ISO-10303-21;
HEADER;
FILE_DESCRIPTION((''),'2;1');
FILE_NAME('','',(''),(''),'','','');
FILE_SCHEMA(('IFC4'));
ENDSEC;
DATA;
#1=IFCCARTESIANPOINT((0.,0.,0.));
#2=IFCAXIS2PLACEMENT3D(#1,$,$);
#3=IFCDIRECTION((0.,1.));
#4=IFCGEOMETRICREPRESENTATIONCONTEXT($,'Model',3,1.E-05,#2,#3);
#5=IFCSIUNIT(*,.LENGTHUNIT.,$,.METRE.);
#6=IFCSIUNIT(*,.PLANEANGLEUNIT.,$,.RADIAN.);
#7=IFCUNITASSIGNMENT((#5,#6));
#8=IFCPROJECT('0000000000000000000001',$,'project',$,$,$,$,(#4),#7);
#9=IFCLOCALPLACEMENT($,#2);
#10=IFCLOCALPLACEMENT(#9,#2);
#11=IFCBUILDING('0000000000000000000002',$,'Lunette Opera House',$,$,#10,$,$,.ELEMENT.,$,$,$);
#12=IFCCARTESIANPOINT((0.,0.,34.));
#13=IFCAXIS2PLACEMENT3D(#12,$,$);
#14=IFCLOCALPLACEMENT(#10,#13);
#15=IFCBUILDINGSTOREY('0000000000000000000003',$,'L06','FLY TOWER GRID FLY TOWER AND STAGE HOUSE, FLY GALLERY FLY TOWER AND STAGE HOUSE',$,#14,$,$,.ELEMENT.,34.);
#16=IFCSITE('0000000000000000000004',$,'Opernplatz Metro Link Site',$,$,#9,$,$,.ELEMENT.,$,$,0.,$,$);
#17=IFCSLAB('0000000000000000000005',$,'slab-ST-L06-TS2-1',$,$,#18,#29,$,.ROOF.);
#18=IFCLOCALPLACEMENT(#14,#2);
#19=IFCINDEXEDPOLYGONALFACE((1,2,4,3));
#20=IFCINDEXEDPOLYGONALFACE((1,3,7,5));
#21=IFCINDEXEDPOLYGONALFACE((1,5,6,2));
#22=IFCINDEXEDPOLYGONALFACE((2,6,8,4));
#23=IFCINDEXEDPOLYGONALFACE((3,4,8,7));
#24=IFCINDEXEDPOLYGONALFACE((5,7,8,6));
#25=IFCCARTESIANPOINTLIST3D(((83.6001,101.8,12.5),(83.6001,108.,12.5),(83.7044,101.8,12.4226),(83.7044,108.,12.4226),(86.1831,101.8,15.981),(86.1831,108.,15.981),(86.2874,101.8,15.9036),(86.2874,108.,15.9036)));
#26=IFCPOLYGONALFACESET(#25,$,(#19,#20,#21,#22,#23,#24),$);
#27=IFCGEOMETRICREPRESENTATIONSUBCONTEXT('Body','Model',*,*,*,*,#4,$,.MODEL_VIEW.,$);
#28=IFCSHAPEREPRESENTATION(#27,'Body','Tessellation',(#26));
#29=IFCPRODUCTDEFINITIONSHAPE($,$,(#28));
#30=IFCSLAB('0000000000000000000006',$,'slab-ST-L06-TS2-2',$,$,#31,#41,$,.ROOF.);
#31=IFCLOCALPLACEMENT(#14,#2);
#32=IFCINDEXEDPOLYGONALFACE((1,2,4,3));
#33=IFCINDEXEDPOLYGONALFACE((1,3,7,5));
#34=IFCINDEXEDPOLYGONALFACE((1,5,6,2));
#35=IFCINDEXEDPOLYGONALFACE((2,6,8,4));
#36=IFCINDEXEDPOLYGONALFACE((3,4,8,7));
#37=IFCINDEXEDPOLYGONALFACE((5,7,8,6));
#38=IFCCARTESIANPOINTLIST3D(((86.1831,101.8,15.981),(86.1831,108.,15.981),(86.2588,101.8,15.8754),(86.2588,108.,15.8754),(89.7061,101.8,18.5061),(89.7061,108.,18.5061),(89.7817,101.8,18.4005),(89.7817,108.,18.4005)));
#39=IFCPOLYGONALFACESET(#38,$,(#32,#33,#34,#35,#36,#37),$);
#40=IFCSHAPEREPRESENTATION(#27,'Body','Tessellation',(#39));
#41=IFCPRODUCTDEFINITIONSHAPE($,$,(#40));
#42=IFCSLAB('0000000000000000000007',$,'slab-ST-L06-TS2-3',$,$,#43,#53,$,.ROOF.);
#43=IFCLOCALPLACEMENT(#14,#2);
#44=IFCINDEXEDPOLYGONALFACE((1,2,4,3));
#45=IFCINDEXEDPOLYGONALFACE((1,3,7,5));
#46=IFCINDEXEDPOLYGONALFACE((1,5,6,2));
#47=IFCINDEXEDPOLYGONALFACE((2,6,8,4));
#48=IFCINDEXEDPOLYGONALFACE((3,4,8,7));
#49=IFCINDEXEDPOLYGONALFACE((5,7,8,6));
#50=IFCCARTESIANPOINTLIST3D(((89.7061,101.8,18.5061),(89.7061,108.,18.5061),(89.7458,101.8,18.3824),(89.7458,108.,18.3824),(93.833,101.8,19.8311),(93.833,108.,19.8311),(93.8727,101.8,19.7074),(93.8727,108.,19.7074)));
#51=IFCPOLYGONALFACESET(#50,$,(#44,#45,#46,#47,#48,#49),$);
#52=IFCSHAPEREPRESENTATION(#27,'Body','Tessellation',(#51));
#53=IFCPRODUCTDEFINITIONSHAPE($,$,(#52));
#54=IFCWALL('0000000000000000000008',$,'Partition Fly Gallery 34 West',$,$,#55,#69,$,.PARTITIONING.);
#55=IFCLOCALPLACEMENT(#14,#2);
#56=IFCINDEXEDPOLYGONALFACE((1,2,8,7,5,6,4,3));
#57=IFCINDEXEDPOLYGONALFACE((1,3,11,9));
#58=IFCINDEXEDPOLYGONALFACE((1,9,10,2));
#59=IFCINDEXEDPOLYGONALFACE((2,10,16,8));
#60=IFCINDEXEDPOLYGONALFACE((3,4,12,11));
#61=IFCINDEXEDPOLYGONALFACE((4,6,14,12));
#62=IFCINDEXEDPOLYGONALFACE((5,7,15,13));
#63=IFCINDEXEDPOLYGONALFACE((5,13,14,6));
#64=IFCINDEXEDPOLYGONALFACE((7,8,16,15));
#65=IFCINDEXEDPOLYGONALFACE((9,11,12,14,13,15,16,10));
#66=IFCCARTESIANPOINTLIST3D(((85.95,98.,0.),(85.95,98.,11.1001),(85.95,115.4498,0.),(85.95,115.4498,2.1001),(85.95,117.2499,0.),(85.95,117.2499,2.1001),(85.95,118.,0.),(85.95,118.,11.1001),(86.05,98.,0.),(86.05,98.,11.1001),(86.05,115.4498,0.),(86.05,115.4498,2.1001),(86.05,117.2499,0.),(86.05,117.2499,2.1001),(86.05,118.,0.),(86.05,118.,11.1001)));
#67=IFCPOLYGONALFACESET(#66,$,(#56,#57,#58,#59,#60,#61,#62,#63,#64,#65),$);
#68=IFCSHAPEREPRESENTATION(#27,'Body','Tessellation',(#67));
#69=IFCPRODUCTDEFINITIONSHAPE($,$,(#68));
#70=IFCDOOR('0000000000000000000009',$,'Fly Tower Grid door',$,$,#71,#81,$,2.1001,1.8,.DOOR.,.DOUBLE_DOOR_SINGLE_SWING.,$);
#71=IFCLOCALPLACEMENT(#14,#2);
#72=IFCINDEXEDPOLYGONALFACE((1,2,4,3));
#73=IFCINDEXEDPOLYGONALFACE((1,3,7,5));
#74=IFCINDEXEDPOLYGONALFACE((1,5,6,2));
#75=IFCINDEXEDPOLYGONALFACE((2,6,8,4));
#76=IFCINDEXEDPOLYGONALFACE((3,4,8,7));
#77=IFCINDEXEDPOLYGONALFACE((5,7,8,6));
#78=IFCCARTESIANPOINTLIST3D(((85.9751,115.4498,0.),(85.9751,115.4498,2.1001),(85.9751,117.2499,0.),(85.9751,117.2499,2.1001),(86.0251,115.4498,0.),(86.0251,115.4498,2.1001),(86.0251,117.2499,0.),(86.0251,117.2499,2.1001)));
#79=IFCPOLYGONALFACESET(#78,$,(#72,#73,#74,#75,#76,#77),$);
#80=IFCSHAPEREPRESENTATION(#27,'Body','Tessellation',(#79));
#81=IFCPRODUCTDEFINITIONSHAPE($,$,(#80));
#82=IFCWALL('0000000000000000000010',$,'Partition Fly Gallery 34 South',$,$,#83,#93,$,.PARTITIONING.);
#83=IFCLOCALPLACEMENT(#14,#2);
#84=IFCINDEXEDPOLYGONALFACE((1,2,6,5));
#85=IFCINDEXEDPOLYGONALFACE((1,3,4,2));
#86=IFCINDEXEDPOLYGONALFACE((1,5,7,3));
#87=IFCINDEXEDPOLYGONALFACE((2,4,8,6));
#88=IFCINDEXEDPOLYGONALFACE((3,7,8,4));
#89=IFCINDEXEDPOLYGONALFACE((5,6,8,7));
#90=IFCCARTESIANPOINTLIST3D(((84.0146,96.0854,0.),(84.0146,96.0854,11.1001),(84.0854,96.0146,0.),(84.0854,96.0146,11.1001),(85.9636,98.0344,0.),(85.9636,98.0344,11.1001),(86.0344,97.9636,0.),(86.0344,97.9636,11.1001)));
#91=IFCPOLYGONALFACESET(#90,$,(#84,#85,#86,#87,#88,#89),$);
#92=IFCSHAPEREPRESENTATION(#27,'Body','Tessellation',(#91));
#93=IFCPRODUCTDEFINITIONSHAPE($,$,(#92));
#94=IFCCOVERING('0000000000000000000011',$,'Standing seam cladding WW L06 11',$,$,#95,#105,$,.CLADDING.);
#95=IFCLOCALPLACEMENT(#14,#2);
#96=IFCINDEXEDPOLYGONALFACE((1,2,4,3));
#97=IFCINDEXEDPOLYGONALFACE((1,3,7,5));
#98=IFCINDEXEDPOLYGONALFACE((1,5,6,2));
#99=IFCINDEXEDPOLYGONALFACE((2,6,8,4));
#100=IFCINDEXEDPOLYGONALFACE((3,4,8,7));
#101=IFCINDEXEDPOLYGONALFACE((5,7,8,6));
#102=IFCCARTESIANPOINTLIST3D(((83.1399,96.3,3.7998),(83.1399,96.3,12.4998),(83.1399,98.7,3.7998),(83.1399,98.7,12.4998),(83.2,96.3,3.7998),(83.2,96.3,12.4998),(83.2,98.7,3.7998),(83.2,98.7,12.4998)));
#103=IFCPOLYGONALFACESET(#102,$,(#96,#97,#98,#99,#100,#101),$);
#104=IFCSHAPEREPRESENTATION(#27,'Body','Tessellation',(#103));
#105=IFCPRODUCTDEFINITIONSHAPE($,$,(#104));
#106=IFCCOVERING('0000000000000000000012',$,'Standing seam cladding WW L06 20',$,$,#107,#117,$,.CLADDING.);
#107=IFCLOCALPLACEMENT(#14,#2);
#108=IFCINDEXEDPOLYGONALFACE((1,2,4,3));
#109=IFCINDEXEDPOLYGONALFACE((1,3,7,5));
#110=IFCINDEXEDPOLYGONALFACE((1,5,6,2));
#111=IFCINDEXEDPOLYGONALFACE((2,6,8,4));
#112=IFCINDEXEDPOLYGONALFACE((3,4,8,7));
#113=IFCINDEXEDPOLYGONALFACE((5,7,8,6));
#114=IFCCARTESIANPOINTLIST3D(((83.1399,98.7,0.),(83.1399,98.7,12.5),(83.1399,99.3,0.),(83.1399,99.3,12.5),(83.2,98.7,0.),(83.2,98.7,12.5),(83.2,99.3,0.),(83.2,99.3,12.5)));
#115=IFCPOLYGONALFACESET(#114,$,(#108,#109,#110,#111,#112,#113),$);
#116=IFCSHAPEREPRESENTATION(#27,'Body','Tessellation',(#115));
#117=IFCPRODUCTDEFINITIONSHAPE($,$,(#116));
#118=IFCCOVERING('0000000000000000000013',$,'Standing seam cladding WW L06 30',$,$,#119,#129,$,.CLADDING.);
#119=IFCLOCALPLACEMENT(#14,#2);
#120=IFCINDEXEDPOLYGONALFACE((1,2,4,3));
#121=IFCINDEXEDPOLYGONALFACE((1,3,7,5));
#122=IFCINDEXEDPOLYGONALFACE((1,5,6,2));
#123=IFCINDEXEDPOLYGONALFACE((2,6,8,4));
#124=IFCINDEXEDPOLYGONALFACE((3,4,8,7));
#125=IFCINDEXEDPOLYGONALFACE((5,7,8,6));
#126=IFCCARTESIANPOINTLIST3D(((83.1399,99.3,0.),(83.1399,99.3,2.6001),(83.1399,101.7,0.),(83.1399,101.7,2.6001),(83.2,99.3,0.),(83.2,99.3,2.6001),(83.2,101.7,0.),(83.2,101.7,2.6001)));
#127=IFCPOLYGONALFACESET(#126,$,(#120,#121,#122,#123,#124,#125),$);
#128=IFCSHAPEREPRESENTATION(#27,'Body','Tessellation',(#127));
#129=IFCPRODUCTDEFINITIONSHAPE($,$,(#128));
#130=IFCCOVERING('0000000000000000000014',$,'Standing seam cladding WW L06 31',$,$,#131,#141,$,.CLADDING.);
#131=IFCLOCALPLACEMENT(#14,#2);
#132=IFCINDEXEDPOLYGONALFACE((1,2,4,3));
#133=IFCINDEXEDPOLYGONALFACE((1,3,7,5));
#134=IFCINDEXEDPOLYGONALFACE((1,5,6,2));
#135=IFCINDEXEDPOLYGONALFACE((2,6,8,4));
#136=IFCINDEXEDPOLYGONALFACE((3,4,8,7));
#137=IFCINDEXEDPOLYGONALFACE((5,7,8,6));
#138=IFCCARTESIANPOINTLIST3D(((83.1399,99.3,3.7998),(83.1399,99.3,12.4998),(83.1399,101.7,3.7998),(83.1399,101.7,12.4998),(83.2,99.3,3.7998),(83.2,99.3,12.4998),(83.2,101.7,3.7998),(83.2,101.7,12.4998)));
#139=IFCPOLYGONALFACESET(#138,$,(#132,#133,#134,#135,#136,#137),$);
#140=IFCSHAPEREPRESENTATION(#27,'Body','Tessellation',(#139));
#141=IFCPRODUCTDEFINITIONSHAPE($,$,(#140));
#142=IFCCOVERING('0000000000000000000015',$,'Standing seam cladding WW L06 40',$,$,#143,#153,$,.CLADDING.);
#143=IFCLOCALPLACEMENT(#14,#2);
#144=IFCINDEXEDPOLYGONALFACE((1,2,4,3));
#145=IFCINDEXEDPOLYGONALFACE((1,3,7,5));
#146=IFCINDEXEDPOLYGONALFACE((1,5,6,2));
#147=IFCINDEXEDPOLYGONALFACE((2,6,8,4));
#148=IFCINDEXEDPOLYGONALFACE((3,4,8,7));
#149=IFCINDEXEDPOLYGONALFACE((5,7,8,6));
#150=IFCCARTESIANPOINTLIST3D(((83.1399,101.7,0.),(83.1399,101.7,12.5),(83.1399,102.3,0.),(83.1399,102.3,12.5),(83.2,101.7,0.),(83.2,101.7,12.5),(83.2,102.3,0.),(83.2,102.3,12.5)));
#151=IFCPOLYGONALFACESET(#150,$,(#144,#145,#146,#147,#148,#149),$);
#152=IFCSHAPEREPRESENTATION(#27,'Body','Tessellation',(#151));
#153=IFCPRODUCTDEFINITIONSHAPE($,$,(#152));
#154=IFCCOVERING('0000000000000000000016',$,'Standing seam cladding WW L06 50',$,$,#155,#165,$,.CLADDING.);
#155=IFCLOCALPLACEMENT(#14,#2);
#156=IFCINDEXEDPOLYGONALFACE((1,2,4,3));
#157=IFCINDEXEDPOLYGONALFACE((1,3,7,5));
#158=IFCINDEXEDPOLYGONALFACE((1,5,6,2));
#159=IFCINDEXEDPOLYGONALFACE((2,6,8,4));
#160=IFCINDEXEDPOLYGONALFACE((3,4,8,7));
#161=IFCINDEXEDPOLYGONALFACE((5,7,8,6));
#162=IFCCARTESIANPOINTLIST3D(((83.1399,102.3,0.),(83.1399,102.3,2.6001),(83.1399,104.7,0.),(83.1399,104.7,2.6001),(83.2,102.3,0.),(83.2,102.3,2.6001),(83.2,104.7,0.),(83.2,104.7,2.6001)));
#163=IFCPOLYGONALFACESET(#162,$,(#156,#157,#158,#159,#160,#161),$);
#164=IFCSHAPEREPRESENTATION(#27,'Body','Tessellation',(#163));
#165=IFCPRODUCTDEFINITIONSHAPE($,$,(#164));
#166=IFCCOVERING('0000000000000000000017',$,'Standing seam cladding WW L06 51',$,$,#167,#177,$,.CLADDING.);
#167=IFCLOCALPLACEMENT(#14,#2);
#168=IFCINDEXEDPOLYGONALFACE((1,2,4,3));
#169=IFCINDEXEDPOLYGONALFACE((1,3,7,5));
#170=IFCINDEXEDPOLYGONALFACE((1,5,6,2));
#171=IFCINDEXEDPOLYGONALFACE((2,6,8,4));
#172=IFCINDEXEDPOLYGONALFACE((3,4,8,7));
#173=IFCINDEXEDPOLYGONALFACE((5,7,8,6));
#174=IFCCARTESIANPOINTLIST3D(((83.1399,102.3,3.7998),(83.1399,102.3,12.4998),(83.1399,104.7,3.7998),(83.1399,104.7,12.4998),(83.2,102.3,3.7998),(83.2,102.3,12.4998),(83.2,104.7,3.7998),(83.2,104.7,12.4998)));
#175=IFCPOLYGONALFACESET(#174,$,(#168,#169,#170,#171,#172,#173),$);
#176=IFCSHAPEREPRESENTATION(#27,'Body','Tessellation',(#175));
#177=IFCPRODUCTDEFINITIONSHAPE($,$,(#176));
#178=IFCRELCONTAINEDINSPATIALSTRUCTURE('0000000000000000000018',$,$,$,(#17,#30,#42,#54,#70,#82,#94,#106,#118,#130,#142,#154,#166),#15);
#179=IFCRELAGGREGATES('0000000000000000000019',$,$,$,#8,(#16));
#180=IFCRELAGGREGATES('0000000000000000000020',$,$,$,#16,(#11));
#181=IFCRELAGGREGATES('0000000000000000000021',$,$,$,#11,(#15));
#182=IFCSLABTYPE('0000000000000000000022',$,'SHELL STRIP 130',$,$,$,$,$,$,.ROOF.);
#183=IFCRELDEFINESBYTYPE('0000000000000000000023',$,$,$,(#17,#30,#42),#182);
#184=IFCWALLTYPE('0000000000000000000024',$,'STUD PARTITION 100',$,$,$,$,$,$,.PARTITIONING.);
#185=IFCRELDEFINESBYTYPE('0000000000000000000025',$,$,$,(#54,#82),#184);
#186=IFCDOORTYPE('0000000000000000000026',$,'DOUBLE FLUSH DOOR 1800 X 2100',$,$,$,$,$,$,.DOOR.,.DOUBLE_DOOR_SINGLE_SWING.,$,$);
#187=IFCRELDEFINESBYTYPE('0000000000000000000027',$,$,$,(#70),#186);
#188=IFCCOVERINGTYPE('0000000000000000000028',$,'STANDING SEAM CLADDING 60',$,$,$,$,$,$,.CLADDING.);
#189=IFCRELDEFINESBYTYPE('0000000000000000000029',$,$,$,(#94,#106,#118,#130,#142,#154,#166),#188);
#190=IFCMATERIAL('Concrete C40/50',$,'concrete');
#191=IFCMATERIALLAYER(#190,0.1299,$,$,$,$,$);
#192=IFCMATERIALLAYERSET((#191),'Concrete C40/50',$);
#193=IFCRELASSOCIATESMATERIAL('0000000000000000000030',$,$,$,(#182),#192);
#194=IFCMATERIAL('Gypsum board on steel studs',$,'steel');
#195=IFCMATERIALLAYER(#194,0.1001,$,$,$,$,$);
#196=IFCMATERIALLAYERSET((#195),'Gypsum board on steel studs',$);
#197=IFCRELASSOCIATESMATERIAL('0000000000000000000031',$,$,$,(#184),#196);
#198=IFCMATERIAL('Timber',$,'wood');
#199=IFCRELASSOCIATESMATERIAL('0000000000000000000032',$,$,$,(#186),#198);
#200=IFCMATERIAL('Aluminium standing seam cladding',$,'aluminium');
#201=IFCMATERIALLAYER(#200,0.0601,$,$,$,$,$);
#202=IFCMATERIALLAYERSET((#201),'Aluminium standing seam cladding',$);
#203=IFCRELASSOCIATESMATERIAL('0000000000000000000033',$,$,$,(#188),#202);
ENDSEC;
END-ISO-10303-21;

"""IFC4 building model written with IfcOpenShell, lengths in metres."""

from ifc_helpers import new_model, si_unit, direction, frame, frame_2d, origin, origin_2d, place, context, subcontext, project, spatial, polyline, rectangle, outline, extrude, material, layer, layer_set, type_object, element, fill, save


model = new_model("IFC4")

# Units and contexts
model_context = context("Model", 3, precision=1e-05, world=origin(), true_north=direction((0.0, 1.0)))
body_context = subcontext(model_context, "Body", "Model", "MODEL_VIEW")
ifc_project = project(units=[si_unit("LENGTHUNIT", "METRE"), si_unit("PLANEANGLEUNIT", "RADIAN")], contexts=[model_context])

# Site, building, storey
site_placement = place(None, origin())
site = spatial("IfcSite", under=ifc_project, at=site_placement, Name="Opernplatz Metro Link Site", CompositionType="ELEMENT", RefElevation=0.0)
building_placement = place(site_placement, origin())
building = spatial("IfcBuilding", under=site, at=building_placement, Name="Lunette Opera House", CompositionType="ELEMENT")
storey_placement = place(building_placement, frame((0.0, 0.0, 34.0)))
storey = spatial("IfcBuildingStorey", under=building, at=storey_placement, Name="L06", Description="FLY TOWER GRID FLY TOWER AND STAGE HOUSE, FLY GALLERY FLY TOWER AND STAGE HOUSE", CompositionType="ELEMENT", Elevation=34.0)

# Slabs
ifc_material_1 = material(Name="Concrete C40/50", Category="concrete")
ifc_layer_1 = layer(ifc_material_1, 0.1299)
ifc_layer_set_1 = layer_set([ifc_layer_1], Name="Concrete C40/50")
slab_type = type_object("IfcSlabType", Name="SHELL STRIP 130", PredefinedType="ROOF", material=ifc_layer_set_1)
slab_1_placement = place(storey_placement, frame((83.6001, 101.8, 12.5), z_axis=(-0.803058, 0.0, 0.595901), x_axis=(0.595901, 0.0, 0.803058)))
element("IfcSlab", 1, at=slab_1_placement, inside=storey, type_object=slab_type, Name="slab-ST-L06-TS2-1", PredefinedType="ROOF", context=body_context, shape_type="SweptSolid", body=[
    extrude(outline(polyline([(0.0, 0.0), (4.3346, 0.0), (4.3346, 6.2), (0.0, 6.2), (0.0, 0.0)])), origin(), (0.0, 0.0, -1.0), 0.1299),
])
slab_2_placement = place(storey_placement, frame((86.1831, 101.8, 15.981), z_axis=(-0.582575, 0.0, 0.812777), x_axis=(0.812777, 0.0, 0.582575)))
element("IfcSlab", 2, at=slab_2_placement, inside=storey, type_object=slab_type, Name="slab-ST-L06-TS2-2", PredefinedType="ROOF", context=body_context, shape_type="SweptSolid", body=[
    extrude(outline(polyline([(0.0, 0.0), (4.3345, 0.0), (4.3345, 6.2), (0.0, 6.2), (0.0, 0.0)])), origin(), (0.0, 0.0, -1.0), 0.1299),
])
slab_3_placement = place(storey_placement, frame((89.7061, 101.8, 18.5061), z_axis=(-0.305681, 0.0, 0.952134), x_axis=(0.952134, 0.0, 0.305681)))
element("IfcSlab", 3, at=slab_3_placement, inside=storey, type_object=slab_type, Name="slab-ST-L06-TS2-3", PredefinedType="ROOF", context=body_context, shape_type="SweptSolid", body=[
    extrude(outline(polyline([(0.0, 0.0), (4.3344, 0.0), (4.3344, 6.2), (0.0, 6.2), (0.0, 0.0)])), origin(), (0.0, 0.0, -1.0), 0.1299),
])

# Wall, opening, door
ifc_material_2 = material(Name="Gypsum board on steel studs", Category="steel")
ifc_layer_2 = layer(ifc_material_2, 0.1001)
ifc_layer_set_2 = layer_set([ifc_layer_2], Name="Gypsum board on steel studs")
wall_type = type_object("IfcWallType", Name="STUD PARTITION 100", PredefinedType="PARTITIONING", material=ifc_layer_set_2)
wall_1_placement = place(storey_placement, frame((86.0, 98.0, 0.0), z_axis=(0.0, 0.0, 1.0), x_axis=(0.0, 1.0, 0.0)))
wall_1 = element("IfcWall", 4, at=wall_1_placement, inside=storey, type_object=wall_type, Name="Partition Fly Gallery 34 West", PredefinedType="PARTITIONING", context=body_context, shape_type="SweptSolid", body=[
    extrude(rectangle(XDim=20.0, YDim=0.1001, at=frame_2d((10.0, 0.0))), origin(), (0.0, 0.0, 1.0), 11.1001),
])
opening_placement = place(wall_1_placement, frame((17.45, 0.0, 0.0)))
opening = element("IfcOpeningElement", 5, at=opening_placement, cuts=wall_1, PredefinedType="OPENING", context=body_context, shape_type="SweptSolid", body=[
    extrude(rectangle(XDim=1.8, YDim=2.1001, at=frame_2d((0.8999, 1.05))), frame((0.0, 0.062, 0.0), z_axis=(0.0, -1.0, 0.0), x_axis=(1.0, 0.0, 0.0)), (0.0, 0.0, 1.0), 0.124),
])
ifc_material_3 = material(Name="Timber", Category="wood")
door_type = type_object("IfcDoorType", Name="DOUBLE FLUSH DOOR 1800 X 2100", OperationType="DOUBLE_DOOR_SINGLE_SWING", PredefinedType="DOOR", material=ifc_material_3)
door_placement = place(opening_placement, origin())
door = element("IfcDoor", 6, at=door_placement, inside=storey, type_object=door_type, Name="Fly Tower Grid door", OperationType="DOUBLE_DOOR_SINGLE_SWING", OverallHeight=2.1001, OverallWidth=1.8, PredefinedType="DOOR", context=body_context, shape_type="SweptSolid", body=[
    extrude(rectangle(XDim=1.8, YDim=2.1001, at=frame_2d((0.8999, 1.05))), frame((0.0, 0.0249, 0.0), z_axis=(0.0, -1.0, 0.0), x_axis=(1.0, 0.0, 0.0)), (0.0, 0.0, 1.0), 0.05),
])
fill(opening, door)

# Wall
wall_2_placement = place(storey_placement, frame((85.999, 97.999, 0.0), z_axis=(0.0, 0.0, 1.0), x_axis=(-0.707107, -0.707107, 0.0)))
element("IfcWall", 7, at=wall_2_placement, inside=storey, type_object=wall_type, Name="Partition Fly Gallery 34 South", PredefinedType="PARTITIONING", context=body_context, shape_type="SweptSolid", body=[
    extrude(rectangle(XDim=2.7563, YDim=0.1001, at=frame_2d((1.3782, 0.0))), origin(), (0.0, 0.0, 1.0), 11.1001),
])

# Coverings
ifc_material_4 = material(Name="Aluminium standing seam cladding", Category="aluminium")
ifc_layer_3 = layer(ifc_material_4, 0.0601)
ifc_layer_set_3 = layer_set([ifc_layer_3], Name="Aluminium standing seam cladding")
covering_type_1 = type_object("IfcCoveringType", Name="STANDING SEAM CLADDING 60", PredefinedType="CLADDING", material=ifc_layer_set_3)
covering_1_placement = place(storey_placement, frame((83.1699, 97.5, 3.7998), z_axis=(0.0, 0.0, 1.0), x_axis=(0.0, 1.0, 0.0)))
element("IfcCovering", 8, at=covering_1_placement, inside=storey, type_object=covering_type_1, Name="Standing seam cladding WW L06 11", PredefinedType="CLADDING", context=body_context, shape_type="SweptSolid", body=[
    extrude(rectangle(XDim=2.3999, YDim=0.0601, at=origin_2d()), origin(), (0.0, 0.0, 1.0), 8.7),
])
covering_2_placement = place(storey_placement, frame((83.1699, 99.0, 0.0), z_axis=(0.0, 0.0, 1.0), x_axis=(0.0, 1.0, 0.0)))
element("IfcCovering", 9, at=covering_2_placement, inside=storey, type_object=covering_type_1, Name="Standing seam cladding WW L06 20", PredefinedType="CLADDING", context=body_context, shape_type="SweptSolid", body=[
    extrude(rectangle(XDim=0.6001, YDim=0.0601, at=origin_2d()), origin(), (0.0, 0.0, 1.0), 12.5),
])
covering_3_placement = place(storey_placement, frame((83.1699, 100.5, 0.0), z_axis=(0.0, 0.0, 1.0), x_axis=(0.0, 1.0, 0.0)))
element("IfcCovering", 10, at=covering_3_placement, inside=storey, type_object=covering_type_1, Name="Standing seam cladding WW L06 30", PredefinedType="CLADDING", context=body_context, shape_type="SweptSolid", body=[
    extrude(rectangle(XDim=2.3999, YDim=0.0601, at=origin_2d()), origin(), (0.0, 0.0, 1.0), 2.6001),
])
covering_4_placement = place(storey_placement, frame((83.1699, 100.5, 3.7998), z_axis=(0.0, 0.0, 1.0), x_axis=(0.0, 1.0, 0.0)))
element("IfcCovering", 11, at=covering_4_placement, inside=storey, type_object=covering_type_1, Name="Standing seam cladding WW L06 31", PredefinedType="CLADDING", context=body_context, shape_type="SweptSolid", body=[
    extrude(rectangle(XDim=2.3999, YDim=0.0601, at=origin_2d()), origin(), (0.0, 0.0, 1.0), 8.7),
])
covering_5_placement = place(storey_placement, frame((83.1699, 102.0, 0.0), z_axis=(0.0, 0.0, 1.0), x_axis=(0.0, 1.0, 0.0)))
element("IfcCovering", 12, at=covering_5_placement, inside=storey, type_object=covering_type_1, Name="Standing seam cladding WW L06 40", PredefinedType="CLADDING", context=body_context, shape_type="SweptSolid", body=[
    extrude(rectangle(XDim=0.6001, YDim=0.0601, at=origin_2d()), origin(), (0.0, 0.0, 1.0), 12.5),
])
covering_6_placement = place(storey_placement, frame((83.1699, 103.5, 0.0), z_axis=(0.0, 0.0, 1.0), x_axis=(0.0, 1.0, 0.0)))
element("IfcCovering", 13, at=covering_6_placement, inside=storey, type_object=covering_type_1, Name="Standing seam cladding WW L06 50", PredefinedType="CLADDING", context=body_context, shape_type="SweptSolid", body=[
    extrude(rectangle(XDim=2.3999, YDim=0.0601, at=origin_2d()), origin(), (0.0, 0.0, 1.0), 2.6001),
])
covering_7_placement = place(storey_placement, frame((83.1699, 103.5, 3.7998), z_axis=(0.0, 0.0, 1.0), x_axis=(0.0, 1.0, 0.0)))
element("IfcCovering", 14, at=covering_7_placement, inside=storey, type_object=covering_type_1, Name="Standing seam cladding WW L06 51", PredefinedType="CLADDING", context=body_context, shape_type="SweptSolid", body=[
    extrude(rectangle(XDim=2.3999, YDim=0.0601, at=origin_2d()), origin(), (0.0, 0.0, 1.0), 8.7),
])

save(model, "model.ifc")
